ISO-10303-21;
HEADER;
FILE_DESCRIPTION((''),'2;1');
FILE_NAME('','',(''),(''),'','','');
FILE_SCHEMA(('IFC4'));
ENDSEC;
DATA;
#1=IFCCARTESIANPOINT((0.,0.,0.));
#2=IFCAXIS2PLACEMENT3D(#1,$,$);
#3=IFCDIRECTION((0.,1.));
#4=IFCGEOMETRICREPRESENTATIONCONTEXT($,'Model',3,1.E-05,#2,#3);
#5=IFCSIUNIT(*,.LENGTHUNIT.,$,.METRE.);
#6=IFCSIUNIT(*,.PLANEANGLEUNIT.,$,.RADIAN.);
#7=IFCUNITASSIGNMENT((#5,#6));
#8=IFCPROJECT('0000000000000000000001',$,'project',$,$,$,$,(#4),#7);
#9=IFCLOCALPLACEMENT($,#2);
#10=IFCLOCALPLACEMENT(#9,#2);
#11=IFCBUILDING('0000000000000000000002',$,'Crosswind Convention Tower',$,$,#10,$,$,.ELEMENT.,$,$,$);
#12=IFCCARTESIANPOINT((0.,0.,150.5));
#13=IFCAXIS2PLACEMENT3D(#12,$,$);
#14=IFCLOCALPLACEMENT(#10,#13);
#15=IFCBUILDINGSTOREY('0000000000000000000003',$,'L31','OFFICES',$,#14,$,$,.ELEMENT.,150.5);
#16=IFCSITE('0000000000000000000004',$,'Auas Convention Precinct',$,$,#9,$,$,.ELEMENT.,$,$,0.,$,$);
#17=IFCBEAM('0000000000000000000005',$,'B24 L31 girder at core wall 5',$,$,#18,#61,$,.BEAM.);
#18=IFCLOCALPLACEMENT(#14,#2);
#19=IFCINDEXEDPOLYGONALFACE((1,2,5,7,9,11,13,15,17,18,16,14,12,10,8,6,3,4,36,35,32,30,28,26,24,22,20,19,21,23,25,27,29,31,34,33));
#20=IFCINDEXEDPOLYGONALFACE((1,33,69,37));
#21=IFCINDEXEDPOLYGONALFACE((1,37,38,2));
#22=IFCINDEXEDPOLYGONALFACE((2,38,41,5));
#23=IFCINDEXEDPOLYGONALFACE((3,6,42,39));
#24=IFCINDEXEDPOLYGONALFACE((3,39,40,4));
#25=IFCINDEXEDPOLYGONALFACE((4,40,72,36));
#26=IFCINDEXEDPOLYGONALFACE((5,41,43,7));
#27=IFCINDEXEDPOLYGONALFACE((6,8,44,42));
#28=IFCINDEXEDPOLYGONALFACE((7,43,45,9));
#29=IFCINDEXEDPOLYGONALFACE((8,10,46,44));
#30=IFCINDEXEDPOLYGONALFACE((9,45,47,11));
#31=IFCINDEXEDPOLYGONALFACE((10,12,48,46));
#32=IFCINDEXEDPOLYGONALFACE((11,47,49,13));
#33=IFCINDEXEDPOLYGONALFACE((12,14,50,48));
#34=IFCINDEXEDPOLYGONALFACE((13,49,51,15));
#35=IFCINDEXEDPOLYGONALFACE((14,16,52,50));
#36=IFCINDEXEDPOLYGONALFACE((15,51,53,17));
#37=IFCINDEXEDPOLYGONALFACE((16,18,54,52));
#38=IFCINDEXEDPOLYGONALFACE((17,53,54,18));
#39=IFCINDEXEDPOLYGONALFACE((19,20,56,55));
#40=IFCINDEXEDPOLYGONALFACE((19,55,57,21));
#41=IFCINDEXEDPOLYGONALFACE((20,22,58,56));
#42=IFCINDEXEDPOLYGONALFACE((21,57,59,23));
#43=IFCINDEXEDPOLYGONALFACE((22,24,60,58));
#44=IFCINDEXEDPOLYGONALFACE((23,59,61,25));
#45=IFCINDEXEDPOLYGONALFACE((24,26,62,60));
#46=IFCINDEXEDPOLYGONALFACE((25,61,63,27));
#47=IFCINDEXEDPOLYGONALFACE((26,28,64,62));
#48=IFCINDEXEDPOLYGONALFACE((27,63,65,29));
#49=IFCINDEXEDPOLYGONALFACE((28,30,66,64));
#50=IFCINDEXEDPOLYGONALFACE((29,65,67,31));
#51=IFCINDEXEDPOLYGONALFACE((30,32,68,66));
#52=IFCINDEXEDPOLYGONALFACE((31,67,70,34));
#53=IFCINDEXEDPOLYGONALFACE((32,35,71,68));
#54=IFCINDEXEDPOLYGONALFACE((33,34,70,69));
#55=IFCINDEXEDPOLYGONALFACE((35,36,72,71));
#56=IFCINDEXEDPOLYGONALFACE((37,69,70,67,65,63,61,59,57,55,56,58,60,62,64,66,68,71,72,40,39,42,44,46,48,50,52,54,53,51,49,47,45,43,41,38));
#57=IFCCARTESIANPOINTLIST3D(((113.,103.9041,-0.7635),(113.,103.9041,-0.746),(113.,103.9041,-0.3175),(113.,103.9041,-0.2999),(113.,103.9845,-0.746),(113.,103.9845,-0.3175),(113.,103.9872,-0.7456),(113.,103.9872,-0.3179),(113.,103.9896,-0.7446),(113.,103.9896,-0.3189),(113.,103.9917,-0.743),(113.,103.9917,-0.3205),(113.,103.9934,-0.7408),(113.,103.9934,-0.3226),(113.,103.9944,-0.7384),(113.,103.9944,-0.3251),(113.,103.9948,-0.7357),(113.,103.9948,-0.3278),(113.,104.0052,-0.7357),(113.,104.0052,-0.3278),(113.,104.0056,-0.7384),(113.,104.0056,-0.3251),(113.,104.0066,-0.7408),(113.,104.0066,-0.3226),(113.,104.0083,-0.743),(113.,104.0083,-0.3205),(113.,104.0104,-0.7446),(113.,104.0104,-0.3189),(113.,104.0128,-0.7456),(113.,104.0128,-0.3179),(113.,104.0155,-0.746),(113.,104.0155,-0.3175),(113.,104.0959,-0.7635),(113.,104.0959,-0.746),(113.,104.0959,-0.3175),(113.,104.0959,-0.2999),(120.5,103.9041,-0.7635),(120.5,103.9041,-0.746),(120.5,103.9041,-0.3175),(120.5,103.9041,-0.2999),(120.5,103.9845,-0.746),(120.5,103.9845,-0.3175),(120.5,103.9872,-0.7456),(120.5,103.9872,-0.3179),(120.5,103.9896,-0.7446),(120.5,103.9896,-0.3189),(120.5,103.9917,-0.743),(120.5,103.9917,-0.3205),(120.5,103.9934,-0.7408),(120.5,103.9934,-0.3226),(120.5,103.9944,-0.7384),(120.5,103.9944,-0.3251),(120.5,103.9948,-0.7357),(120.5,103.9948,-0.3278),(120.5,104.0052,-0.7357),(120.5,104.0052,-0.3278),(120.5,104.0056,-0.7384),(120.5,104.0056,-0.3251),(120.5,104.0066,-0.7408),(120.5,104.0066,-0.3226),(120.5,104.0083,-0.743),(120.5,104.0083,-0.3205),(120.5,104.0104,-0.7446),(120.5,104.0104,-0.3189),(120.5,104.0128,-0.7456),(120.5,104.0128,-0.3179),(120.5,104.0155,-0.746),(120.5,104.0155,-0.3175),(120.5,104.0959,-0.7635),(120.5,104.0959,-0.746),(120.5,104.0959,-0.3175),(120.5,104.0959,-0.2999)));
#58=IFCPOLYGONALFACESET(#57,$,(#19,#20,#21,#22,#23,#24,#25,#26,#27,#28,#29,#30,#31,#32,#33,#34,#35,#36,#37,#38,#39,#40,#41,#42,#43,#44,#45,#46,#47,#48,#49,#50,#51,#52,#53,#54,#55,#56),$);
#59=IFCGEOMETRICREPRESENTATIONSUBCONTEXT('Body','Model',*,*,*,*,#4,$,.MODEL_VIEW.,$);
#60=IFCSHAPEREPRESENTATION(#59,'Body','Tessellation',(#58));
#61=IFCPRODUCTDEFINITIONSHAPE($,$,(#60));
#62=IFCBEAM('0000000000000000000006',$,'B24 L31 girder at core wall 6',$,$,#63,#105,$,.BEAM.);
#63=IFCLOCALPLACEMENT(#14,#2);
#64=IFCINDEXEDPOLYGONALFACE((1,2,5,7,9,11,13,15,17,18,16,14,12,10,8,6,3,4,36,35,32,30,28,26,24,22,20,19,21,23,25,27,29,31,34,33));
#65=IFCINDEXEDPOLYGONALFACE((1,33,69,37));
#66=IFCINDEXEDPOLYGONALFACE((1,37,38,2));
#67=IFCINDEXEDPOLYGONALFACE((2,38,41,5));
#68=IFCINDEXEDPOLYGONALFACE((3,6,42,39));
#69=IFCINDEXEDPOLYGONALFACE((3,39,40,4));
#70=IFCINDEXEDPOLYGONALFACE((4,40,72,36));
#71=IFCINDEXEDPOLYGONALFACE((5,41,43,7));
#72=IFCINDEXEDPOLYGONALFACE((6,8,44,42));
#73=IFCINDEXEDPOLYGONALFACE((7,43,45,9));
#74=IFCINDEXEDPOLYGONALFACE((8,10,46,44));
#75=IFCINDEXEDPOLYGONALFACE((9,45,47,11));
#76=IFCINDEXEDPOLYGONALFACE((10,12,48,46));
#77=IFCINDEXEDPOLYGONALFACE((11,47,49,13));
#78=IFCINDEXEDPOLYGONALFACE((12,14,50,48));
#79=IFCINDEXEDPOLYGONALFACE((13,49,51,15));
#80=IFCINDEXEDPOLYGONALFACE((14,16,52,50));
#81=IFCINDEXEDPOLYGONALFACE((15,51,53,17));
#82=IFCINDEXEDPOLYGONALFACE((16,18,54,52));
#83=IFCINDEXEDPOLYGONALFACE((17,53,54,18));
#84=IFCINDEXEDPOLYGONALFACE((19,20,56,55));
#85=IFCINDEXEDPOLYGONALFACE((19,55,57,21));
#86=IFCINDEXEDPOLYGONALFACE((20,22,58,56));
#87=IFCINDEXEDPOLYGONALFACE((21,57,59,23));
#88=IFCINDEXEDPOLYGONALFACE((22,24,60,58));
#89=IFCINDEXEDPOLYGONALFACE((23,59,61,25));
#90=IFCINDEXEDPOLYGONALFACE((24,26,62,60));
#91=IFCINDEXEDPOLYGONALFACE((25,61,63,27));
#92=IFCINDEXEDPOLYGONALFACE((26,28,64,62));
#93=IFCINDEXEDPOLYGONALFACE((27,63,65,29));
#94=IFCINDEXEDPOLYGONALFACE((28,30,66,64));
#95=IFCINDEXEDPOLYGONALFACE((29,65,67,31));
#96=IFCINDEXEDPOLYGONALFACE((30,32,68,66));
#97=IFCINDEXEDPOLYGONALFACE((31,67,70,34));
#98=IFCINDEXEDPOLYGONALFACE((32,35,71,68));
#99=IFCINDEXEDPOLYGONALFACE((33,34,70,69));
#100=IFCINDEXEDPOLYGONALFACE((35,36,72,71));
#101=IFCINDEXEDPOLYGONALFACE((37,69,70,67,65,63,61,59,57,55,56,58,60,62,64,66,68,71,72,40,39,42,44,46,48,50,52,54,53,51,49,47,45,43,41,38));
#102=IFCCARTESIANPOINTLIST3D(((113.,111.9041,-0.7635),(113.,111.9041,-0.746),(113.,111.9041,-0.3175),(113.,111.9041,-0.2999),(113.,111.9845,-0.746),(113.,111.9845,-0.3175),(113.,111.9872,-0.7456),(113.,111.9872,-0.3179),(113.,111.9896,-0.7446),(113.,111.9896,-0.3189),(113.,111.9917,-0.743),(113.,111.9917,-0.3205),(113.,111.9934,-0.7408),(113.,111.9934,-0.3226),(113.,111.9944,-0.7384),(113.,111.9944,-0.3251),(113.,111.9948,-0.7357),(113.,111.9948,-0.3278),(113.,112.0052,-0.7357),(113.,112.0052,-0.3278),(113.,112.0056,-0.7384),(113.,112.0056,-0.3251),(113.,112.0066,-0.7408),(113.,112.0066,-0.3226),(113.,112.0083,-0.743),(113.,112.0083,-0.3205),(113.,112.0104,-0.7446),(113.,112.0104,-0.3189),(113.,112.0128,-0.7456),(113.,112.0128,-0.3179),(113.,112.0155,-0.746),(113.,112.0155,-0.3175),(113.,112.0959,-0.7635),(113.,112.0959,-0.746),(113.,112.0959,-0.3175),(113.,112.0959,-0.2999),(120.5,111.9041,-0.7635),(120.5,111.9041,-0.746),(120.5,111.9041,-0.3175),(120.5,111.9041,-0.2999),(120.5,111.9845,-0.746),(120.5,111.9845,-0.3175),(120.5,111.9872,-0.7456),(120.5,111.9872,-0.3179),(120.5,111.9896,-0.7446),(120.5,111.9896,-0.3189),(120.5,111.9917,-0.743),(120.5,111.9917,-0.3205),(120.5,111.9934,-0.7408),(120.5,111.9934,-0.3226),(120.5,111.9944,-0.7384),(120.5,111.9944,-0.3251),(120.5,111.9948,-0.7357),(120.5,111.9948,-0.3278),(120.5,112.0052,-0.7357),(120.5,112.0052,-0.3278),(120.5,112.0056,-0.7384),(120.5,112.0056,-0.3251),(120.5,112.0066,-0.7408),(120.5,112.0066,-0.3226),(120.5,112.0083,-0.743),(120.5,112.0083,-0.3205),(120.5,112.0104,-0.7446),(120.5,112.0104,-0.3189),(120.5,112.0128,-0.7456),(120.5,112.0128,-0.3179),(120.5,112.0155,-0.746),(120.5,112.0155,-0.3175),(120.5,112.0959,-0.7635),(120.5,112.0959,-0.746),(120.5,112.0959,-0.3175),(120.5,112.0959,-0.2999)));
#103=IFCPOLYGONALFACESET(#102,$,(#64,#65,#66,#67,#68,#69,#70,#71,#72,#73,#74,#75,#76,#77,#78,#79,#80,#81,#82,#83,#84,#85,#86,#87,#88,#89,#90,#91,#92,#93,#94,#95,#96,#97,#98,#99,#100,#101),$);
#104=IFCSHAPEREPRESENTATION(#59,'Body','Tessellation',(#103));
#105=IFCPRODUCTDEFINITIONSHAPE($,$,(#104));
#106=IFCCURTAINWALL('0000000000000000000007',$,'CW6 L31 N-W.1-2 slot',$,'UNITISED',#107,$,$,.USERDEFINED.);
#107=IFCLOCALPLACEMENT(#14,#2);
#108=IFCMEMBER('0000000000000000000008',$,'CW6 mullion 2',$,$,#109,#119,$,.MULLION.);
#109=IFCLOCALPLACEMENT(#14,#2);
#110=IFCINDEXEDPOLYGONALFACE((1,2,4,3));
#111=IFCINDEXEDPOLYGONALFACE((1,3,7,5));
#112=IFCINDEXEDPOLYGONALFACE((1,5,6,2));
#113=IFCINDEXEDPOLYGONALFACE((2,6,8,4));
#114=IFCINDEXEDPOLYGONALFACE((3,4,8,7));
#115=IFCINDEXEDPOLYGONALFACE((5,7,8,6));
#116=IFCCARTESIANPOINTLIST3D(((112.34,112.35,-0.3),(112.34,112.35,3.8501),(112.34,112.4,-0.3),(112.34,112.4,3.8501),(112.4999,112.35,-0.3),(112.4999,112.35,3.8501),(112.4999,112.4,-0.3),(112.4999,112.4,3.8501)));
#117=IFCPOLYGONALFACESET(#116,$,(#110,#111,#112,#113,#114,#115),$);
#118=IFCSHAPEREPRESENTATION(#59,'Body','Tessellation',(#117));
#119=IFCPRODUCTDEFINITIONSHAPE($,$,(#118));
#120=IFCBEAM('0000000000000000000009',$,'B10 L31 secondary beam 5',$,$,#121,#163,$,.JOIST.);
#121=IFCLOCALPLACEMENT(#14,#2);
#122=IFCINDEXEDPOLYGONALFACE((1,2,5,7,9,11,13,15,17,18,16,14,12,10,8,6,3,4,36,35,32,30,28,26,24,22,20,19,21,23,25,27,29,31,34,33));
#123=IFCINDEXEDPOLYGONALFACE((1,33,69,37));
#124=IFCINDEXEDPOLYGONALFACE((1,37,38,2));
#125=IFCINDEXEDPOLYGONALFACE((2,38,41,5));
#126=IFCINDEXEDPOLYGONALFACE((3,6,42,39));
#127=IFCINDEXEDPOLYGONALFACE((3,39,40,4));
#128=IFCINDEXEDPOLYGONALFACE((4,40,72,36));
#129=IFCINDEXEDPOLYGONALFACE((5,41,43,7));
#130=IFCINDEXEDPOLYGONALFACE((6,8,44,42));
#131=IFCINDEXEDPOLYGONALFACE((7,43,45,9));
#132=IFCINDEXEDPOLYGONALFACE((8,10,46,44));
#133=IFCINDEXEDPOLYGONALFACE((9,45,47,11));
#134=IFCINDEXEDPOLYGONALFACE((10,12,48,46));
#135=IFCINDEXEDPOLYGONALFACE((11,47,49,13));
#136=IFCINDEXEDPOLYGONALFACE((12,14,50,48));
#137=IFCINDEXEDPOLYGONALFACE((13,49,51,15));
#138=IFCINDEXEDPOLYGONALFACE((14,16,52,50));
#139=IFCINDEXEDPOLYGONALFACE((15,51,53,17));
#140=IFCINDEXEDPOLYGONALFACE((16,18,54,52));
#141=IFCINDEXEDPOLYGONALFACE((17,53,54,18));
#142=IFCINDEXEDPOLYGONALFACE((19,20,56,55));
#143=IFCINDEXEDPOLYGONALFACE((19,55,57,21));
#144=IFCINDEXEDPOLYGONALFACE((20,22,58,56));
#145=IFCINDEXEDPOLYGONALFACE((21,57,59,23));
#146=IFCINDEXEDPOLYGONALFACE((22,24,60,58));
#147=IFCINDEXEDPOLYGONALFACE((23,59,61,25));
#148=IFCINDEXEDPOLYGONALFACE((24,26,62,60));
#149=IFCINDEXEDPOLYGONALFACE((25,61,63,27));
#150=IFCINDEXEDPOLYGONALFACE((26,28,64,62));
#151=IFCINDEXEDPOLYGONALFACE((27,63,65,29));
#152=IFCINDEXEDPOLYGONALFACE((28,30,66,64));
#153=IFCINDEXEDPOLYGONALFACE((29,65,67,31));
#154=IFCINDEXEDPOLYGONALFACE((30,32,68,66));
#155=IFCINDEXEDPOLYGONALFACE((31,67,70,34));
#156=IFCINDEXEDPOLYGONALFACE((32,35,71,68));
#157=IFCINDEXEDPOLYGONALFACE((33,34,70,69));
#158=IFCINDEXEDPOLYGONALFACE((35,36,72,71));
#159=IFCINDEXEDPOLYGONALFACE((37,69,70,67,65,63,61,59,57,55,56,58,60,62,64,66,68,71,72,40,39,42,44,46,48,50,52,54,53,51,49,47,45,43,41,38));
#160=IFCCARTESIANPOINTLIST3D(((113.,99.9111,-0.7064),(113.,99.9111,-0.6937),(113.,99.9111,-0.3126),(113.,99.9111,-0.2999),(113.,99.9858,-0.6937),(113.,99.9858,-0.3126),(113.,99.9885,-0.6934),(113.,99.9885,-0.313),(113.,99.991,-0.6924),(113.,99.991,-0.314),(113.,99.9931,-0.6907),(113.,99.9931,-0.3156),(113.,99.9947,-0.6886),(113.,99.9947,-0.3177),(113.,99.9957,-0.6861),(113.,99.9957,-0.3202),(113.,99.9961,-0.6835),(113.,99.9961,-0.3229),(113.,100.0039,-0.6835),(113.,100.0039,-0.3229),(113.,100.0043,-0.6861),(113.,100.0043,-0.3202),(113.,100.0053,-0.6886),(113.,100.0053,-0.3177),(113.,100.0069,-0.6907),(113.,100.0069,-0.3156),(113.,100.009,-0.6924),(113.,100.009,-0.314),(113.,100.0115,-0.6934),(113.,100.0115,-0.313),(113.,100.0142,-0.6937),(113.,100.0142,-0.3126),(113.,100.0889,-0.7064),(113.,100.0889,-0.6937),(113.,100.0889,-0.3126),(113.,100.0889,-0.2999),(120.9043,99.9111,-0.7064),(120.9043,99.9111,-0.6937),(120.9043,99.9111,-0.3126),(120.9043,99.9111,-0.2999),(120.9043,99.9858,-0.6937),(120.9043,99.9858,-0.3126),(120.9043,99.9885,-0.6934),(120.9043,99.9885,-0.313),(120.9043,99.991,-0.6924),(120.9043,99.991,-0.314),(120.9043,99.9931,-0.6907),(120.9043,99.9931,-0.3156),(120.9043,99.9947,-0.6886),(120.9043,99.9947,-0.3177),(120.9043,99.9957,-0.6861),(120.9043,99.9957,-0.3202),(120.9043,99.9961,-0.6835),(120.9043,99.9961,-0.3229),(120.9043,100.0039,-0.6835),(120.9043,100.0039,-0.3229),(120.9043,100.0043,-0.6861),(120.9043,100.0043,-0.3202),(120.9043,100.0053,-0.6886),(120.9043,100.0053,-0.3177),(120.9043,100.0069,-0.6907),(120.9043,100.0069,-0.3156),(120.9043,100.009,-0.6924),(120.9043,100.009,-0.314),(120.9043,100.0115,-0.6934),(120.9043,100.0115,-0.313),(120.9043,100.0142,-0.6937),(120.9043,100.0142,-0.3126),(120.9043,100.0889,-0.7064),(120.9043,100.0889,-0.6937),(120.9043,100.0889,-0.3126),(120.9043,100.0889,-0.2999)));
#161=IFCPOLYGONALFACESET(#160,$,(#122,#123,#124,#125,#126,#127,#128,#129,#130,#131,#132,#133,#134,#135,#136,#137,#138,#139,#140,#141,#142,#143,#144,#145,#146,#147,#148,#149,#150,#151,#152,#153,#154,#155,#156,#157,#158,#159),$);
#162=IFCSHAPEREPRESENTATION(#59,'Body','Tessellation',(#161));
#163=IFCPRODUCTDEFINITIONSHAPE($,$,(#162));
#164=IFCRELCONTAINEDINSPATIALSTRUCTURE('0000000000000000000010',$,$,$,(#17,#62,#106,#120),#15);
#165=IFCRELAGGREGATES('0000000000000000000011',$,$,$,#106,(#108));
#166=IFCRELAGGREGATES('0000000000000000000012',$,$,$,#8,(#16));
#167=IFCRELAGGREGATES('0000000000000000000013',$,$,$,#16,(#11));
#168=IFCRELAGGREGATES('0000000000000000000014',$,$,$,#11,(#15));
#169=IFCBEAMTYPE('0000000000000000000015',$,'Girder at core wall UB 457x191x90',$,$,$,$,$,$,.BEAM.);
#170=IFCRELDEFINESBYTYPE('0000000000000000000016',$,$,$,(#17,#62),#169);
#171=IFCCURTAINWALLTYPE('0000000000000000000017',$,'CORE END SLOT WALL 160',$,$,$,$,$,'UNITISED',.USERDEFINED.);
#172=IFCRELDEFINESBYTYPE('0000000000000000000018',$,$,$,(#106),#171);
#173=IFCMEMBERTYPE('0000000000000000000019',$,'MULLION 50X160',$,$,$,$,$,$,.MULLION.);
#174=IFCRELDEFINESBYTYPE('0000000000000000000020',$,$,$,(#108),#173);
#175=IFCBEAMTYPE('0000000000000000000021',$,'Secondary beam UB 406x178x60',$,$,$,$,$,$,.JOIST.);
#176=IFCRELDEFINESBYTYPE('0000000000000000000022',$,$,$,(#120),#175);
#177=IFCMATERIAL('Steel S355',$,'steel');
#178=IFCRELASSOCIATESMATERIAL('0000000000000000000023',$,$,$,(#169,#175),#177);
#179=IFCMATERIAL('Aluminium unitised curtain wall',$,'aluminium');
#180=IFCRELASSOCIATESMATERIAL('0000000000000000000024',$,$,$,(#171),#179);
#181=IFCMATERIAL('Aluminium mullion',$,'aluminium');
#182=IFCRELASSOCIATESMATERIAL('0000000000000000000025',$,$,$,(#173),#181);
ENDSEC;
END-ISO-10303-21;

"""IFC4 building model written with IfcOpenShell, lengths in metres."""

from ifc_helpers import new_model, si_unit, direction, frame, origin, origin_2d, place, context, subcontext, project, spatial, rectangle, i_section, extrude, material, material_profile, profile_set, type_object, element, aggregate, save


model = new_model("IFC4")

# Units and contexts
model_context = context("Model", 3, precision=1e-05, world=origin(), true_north=direction((0.0, 1.0)))
body_context = subcontext(model_context, "Body", "Model", "MODEL_VIEW")
ifc_project = project(units=[si_unit("LENGTHUNIT", "METRE"), si_unit("PLANEANGLEUNIT", "RADIAN")], contexts=[model_context])

# Site, building, storey
site_placement = place(None, origin())
site = spatial("IfcSite", under=ifc_project, at=site_placement, Name="Auas Convention Precinct", CompositionType="ELEMENT", RefElevation=0.0)
building_placement = place(site_placement, origin())
building = spatial("IfcBuilding", under=site, at=building_placement, Name="Crosswind Convention Tower", CompositionType="ELEMENT")
storey_placement = place(building_placement, frame((0.0, 0.0, 150.5)))
storey = spatial("IfcBuildingStorey", under=building, at=storey_placement, Name="L31", Description="OFFICES", CompositionType="ELEMENT", Elevation=150.5)

# Beams
ifc_material_1 = material(Name="Steel S355", Category="steel")
ifc_material_profile_1 = material_profile(ifc_material_1, i_section(OverallWidth=0.1919, OverallDepth=0.4636, WebThickness=0.0105, FlangeThickness=0.0176, FilletRadius=0.0103, at=origin_2d()), Name="UB 457x191x90")
ifc_profile_set_1 = profile_set([ifc_material_profile_1], Name="Steel S355")
beam_type_1 = type_object("IfcBeamType", Name="Girder at core wall UB 457x191x90", PredefinedType="BEAM", material=ifc_profile_set_1)
for number, where, z_axis, x_axis, name in (
    (1, (113.0, 104.0, -0.5317), (1.0, 0.0, 0.0), (0.0, 1.0, 0.0), "B24 L31 girder at core wall 5"),
    (2, (113.0, 112.0, -0.5317), (1.0, 0.0, 0.0), (0.0, 1.0, 0.0), "B24 L31 girder at core wall 6"),
):
    element("IfcBeam", number, at=place(storey_placement, frame(where, z_axis=z_axis, x_axis=x_axis)), inside=storey, type_object=beam_type_1, Name=name, PredefinedType="BEAM", context=body_context, shape_type="SweptSolid", body=[
        extrude(i_section(OverallWidth=0.1919, OverallDepth=0.4636, WebThickness=0.0105, FlangeThickness=0.0176, FilletRadius=0.0103, at=origin_2d()), origin(), (0.0, 0.0, 1.0), 7.5),
    ])

# Curtain wall, member
ifc_material_2 = material(Name="Aluminium unitised curtain wall", Category="aluminium")
curtain_wall_type = type_object("IfcCurtainWallType", Name="CORE END SLOT WALL 160", ElementType="UNITISED", PredefinedType="USERDEFINED", material=ifc_material_2)
curtain_wall_placement = place(storey_placement, origin())
curtain_wall = element("IfcCurtainWall", 3, at=curtain_wall_placement, inside=storey, type_object=curtain_wall_type, Name="CW6 L31 N-W.1-2 slot", ObjectType="UNITISED", PredefinedType="USERDEFINED")
ifc_material_3 = material(Name="Aluminium mullion", Category="aluminium")
ifc_material_profile_2 = material_profile(ifc_material_3, rectangle(XDim=0.1599, YDim=0.05, at=origin_2d()), Name="AL 160X50")
ifc_profile_set_2 = profile_set([ifc_material_profile_2], Name="Aluminium mullion")
member_type = type_object("IfcMemberType", Name="MULLION 50X160", PredefinedType="MULLION", material=ifc_profile_set_2)
member_placement = place(storey_placement, frame((112.4199, 112.375, -0.3), z_axis=(0.0, 0.0, 1.0), x_axis=(-1.0, 0.0, 0.0)))
member = element("IfcMember", 4, at=member_placement, type_object=member_type, Name="CW6 mullion 2", PredefinedType="MULLION", context=body_context, shape_type="SweptSolid", body=[
    extrude(rectangle(XDim=0.1599, YDim=0.05, at=origin_2d()), origin(), (0.0, 0.0, 1.0), 4.1501),
])
aggregate(curtain_wall, [member])

# Beam
ifc_material_profile_3 = material_profile(ifc_material_1, i_section(OverallWidth=0.1777, OverallDepth=0.4065, WebThickness=0.0078, FlangeThickness=0.0127, FilletRadius=0.0103, at=origin_2d()), Name="UB 406x178x60")
ifc_profile_set_3 = profile_set([ifc_material_profile_3], Name="Steel S355")
beam_type_2 = type_object("IfcBeamType", Name="Secondary beam UB 406x178x60", PredefinedType="JOIST", material=ifc_profile_set_3)
for number, where, z_axis, x_axis, name in (
    (5, (113.0, 100.0, -0.5032), (1.0, 0.0, 0.0), (0.0, 1.0, 0.0), "B10 L31 secondary beam 5"),
):
    element("IfcBeam", number, at=place(storey_placement, frame(where, z_axis=z_axis, x_axis=x_axis)), inside=storey, type_object=beam_type_2, Name=name, PredefinedType="JOIST", context=body_context, shape_type="SweptSolid", body=[
        extrude(i_section(OverallWidth=0.1777, OverallDepth=0.4065, WebThickness=0.0078, FlangeThickness=0.0127, FilletRadius=0.0103, at=origin_2d()), origin(), (0.0, 0.0, 1.0), 7.9043),
    ])

save(model, "model.ifc")
